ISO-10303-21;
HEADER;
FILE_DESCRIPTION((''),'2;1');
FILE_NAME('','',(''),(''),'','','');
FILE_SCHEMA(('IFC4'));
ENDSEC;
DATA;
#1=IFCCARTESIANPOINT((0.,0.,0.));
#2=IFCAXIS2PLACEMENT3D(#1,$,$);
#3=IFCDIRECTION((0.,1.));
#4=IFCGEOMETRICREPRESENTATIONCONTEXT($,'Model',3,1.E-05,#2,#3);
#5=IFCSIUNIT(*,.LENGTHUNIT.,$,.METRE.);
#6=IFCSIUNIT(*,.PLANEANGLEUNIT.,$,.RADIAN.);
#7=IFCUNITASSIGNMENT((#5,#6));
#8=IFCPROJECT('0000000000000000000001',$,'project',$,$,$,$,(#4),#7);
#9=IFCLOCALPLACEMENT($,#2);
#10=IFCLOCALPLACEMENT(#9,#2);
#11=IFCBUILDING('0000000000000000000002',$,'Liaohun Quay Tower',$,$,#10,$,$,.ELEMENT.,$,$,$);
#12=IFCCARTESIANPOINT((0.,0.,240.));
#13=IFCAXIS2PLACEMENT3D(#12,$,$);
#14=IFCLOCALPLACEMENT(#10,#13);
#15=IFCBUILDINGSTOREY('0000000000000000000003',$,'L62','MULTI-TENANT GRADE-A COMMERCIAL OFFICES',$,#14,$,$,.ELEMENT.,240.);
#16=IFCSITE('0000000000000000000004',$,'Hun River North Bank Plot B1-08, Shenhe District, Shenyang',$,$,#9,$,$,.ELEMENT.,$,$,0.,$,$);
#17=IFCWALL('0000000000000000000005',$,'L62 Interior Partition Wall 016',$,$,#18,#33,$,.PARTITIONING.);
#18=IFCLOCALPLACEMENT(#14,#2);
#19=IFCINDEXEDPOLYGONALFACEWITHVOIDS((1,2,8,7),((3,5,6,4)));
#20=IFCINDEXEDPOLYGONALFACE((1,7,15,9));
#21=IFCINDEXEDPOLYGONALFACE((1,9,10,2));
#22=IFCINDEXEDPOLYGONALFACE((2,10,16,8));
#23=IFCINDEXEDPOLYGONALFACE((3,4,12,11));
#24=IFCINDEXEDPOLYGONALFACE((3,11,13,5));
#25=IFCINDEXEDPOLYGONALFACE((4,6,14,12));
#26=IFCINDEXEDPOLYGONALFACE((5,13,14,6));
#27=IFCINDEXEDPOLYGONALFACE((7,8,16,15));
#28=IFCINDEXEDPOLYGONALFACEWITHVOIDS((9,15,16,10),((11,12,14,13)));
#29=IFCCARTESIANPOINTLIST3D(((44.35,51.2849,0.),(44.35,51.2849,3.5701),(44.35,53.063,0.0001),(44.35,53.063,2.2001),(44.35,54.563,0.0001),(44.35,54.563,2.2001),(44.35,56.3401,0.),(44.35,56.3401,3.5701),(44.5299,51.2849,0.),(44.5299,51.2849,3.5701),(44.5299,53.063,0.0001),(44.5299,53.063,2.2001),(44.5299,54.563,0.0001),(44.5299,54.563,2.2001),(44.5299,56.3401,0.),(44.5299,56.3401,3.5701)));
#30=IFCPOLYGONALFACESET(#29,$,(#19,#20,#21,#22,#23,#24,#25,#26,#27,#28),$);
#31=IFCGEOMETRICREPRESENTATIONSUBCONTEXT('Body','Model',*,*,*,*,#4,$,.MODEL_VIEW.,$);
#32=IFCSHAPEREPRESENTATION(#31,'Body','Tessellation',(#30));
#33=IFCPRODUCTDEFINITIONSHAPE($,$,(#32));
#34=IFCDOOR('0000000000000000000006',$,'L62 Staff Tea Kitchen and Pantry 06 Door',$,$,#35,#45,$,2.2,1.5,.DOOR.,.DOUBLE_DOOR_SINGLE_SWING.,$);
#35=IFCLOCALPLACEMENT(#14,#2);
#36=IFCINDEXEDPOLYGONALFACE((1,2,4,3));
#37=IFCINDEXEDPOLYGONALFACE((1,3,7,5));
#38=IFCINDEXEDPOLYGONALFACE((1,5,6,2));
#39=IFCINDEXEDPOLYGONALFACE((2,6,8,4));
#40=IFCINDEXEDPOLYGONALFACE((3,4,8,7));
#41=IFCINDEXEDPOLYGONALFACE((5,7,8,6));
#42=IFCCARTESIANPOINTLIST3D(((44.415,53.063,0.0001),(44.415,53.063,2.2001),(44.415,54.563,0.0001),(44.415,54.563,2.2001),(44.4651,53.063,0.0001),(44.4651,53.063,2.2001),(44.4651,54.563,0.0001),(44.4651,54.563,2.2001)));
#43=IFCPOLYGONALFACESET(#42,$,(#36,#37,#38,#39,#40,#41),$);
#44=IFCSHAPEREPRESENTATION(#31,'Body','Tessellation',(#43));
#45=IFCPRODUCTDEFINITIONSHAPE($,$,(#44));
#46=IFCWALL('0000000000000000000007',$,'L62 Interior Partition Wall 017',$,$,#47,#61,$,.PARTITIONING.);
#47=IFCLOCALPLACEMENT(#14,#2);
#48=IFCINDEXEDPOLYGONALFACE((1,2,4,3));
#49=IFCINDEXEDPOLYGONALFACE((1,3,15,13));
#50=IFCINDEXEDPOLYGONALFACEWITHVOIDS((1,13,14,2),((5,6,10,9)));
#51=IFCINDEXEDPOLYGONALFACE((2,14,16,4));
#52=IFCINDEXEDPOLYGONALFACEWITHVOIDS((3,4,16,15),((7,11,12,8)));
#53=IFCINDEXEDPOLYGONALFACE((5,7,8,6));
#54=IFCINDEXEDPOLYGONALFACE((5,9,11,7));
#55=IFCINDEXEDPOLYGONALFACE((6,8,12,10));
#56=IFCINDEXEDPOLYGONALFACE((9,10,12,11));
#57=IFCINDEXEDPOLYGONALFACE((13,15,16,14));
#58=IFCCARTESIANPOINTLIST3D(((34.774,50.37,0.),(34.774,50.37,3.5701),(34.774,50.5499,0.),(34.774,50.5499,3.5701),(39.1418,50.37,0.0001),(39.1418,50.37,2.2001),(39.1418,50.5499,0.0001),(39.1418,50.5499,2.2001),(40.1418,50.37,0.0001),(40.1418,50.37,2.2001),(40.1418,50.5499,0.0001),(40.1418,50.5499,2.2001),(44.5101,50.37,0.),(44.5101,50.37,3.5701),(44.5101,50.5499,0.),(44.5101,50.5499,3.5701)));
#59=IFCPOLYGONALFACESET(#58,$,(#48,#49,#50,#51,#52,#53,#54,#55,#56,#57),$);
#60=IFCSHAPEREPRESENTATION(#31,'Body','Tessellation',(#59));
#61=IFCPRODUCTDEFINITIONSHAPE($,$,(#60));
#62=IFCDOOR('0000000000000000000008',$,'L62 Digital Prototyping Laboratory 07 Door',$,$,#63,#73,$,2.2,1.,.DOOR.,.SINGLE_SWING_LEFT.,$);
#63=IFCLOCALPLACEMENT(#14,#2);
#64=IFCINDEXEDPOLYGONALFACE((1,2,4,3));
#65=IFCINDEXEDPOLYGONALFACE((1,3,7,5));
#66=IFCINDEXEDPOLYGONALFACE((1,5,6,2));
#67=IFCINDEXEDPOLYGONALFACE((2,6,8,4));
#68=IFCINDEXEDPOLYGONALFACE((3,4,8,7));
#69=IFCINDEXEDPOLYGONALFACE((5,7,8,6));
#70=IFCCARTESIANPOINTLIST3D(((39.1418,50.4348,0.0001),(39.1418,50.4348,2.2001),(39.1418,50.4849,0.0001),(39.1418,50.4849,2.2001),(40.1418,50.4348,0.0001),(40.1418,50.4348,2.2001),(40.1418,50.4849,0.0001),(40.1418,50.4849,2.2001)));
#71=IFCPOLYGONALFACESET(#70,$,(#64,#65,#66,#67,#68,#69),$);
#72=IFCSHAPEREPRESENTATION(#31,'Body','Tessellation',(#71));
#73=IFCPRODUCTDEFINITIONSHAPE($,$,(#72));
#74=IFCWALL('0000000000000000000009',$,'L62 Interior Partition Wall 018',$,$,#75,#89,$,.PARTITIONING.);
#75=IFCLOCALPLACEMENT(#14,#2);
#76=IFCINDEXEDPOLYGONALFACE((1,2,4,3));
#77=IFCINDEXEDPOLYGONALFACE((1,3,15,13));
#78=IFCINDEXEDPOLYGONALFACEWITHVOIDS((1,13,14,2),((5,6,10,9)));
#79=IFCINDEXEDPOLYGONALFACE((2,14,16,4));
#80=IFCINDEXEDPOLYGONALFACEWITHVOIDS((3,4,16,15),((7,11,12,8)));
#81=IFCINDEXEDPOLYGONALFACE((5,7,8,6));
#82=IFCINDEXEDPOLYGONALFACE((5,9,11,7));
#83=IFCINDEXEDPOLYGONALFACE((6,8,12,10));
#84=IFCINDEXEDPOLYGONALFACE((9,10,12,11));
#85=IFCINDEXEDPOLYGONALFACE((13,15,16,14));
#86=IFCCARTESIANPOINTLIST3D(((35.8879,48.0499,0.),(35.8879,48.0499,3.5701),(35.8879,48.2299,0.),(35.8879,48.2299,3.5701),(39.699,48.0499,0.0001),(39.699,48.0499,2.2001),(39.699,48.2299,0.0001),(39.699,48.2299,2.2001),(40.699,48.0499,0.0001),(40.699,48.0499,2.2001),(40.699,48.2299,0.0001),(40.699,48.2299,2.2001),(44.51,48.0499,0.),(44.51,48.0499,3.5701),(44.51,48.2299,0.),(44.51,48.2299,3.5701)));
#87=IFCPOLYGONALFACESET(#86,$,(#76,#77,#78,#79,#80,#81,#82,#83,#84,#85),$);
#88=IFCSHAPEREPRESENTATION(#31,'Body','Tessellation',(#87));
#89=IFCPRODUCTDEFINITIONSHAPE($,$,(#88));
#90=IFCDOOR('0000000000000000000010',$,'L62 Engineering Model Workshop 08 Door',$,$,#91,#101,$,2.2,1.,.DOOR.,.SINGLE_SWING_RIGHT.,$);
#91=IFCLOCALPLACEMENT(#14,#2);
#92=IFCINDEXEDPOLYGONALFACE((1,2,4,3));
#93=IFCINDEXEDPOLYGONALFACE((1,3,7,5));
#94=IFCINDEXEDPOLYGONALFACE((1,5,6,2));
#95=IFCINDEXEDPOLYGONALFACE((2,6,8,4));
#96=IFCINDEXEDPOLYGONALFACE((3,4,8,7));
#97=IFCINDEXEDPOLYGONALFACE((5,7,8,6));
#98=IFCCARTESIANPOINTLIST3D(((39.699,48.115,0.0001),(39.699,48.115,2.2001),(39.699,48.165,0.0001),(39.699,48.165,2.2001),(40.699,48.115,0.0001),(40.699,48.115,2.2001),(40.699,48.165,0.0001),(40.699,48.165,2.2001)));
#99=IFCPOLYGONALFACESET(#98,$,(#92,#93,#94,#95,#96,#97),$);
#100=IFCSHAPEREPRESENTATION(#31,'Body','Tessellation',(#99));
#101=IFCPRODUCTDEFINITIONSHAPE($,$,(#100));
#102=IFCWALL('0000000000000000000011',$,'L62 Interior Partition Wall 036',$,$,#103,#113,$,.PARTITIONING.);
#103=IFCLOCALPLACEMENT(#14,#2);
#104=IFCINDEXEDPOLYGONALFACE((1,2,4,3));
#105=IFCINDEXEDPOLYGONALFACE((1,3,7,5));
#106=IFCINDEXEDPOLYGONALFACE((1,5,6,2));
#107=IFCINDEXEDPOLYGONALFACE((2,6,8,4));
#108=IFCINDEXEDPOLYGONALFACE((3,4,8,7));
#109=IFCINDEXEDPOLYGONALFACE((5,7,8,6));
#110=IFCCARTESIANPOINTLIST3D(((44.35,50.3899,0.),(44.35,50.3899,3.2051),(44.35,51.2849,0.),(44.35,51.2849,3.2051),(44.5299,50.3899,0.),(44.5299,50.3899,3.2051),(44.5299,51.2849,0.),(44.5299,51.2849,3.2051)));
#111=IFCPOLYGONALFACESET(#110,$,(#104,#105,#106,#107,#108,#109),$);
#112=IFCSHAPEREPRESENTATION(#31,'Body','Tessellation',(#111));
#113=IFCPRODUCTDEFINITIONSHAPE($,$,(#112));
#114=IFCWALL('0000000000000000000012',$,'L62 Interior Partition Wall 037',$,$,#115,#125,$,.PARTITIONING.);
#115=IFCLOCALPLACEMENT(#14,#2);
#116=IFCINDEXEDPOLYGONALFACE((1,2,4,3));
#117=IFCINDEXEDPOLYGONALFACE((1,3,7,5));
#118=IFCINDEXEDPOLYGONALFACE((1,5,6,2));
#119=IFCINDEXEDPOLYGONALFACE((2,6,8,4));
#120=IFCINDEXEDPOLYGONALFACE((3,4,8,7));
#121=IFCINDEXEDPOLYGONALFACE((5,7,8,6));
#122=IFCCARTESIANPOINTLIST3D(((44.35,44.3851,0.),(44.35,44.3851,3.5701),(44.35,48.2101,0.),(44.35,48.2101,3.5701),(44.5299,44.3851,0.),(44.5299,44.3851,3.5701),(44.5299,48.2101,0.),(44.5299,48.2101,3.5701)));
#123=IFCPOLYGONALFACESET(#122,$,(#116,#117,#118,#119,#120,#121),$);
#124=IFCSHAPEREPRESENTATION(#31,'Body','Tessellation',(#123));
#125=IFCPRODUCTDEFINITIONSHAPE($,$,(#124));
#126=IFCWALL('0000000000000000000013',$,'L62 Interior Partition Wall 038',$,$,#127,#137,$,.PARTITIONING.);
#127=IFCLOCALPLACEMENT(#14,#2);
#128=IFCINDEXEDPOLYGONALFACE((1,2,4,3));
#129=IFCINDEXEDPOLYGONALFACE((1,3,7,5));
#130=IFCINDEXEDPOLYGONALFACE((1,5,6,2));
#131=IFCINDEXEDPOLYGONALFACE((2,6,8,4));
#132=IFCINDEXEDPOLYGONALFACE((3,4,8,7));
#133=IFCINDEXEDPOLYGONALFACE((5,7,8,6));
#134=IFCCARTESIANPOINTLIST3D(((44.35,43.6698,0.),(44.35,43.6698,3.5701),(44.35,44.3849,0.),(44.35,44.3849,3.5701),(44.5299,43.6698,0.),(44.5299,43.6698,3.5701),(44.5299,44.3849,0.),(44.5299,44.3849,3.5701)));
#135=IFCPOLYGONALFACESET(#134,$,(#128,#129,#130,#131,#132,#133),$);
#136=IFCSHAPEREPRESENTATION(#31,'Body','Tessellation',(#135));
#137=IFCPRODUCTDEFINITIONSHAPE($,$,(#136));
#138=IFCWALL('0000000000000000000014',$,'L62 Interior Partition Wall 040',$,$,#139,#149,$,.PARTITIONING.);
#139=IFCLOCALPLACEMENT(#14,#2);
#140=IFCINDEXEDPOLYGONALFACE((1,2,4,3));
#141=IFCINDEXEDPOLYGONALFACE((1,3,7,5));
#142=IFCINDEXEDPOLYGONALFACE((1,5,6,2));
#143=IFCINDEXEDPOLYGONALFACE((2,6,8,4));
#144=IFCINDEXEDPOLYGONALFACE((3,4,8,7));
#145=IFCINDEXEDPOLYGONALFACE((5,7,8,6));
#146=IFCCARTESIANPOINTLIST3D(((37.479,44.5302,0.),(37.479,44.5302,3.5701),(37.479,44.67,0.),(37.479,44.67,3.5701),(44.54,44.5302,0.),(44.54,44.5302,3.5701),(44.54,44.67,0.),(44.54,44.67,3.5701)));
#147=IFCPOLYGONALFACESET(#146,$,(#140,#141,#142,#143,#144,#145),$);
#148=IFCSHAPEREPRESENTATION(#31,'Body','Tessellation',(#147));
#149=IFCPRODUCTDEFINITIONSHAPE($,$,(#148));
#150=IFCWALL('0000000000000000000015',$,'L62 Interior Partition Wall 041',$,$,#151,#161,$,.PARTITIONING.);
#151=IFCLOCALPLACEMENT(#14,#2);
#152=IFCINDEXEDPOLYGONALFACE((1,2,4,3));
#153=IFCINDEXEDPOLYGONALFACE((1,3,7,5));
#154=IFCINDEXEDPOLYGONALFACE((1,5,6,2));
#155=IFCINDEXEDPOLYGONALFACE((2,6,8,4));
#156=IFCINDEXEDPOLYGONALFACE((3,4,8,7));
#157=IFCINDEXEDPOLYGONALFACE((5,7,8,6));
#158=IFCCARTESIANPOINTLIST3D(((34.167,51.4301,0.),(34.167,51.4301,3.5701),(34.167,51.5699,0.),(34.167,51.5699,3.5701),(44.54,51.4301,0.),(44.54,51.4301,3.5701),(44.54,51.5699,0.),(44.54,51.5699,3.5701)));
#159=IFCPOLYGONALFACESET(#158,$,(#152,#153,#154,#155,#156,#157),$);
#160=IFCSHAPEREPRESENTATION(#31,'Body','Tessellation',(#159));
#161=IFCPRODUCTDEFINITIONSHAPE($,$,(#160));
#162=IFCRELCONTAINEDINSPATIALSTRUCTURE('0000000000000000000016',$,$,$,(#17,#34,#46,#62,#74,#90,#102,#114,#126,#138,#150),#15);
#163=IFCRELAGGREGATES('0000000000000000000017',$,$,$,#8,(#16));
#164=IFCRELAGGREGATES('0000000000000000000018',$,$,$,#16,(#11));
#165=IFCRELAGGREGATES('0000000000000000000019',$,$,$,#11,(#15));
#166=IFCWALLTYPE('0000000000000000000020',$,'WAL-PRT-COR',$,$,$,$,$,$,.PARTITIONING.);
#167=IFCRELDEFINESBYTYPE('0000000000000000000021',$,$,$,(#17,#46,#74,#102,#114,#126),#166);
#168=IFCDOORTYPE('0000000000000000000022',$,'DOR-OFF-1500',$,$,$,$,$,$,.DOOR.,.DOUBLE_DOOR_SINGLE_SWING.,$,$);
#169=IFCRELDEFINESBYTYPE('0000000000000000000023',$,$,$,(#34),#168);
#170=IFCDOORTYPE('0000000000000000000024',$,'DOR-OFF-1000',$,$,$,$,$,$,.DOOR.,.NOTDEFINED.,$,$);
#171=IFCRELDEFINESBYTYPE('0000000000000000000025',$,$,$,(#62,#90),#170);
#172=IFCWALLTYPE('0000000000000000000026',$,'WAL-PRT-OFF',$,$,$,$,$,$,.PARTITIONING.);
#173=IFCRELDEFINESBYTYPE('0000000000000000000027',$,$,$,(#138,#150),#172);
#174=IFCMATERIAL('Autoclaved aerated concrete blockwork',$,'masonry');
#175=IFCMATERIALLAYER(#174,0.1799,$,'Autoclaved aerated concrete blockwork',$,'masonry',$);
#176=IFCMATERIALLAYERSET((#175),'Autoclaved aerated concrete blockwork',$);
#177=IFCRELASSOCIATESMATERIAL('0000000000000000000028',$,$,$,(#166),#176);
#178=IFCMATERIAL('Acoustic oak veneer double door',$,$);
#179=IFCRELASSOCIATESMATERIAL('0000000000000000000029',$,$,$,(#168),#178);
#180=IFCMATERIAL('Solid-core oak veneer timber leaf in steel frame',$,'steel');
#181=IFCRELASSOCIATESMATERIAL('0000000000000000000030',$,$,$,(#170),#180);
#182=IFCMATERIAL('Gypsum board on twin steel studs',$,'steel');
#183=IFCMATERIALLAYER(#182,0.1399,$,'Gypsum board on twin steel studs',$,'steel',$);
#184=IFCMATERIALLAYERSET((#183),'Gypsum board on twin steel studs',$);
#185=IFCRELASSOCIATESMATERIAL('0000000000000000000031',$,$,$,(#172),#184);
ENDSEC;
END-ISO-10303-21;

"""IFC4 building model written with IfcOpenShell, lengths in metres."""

from ifc_helpers import new_model, si_unit, direction, frame, frame_2d, origin, place, context, subcontext, project, spatial, rectangle, extrude, source, transform, mapped, material, layer, layer_set, type_object, element, fill, save


model = new_model("IFC4")

# Units and contexts
model_context = context("Model", 3, precision=1e-05, world=origin(), true_north=direction((0.0, 1.0)))
body_context = subcontext(model_context, "Body", "Model", "MODEL_VIEW")
ifc_project = project(units=[si_unit("LENGTHUNIT", "METRE"), si_unit("PLANEANGLEUNIT", "RADIAN")], contexts=[model_context])

# Site, building, storey
site_placement = place(None, origin())
site = spatial("IfcSite", under=ifc_project, at=site_placement, Name="Hun River North Bank Plot B1-08, Shenhe District, Shenyang", CompositionType="ELEMENT", RefElevation=0.0)
building_placement = place(site_placement, origin())
building = spatial("IfcBuilding", under=site, at=building_placement, Name="Liaohun Quay Tower", CompositionType="ELEMENT")
storey_placement = place(building_placement, frame((0.0, 0.0, 240.0)))
storey = spatial("IfcBuildingStorey", under=building, at=storey_placement, Name="L62", Description="MULTI-TENANT GRADE-A COMMERCIAL OFFICES", CompositionType="ELEMENT", Elevation=240.0)

# Walls, openings, doors
ifc_material_1 = material(Name="Autoclaved aerated concrete blockwork", Category="masonry")
ifc_layer_1 = layer(ifc_material_1, 0.1799, Name="Autoclaved aerated concrete blockwork", Category="masonry")
ifc_layer_set_1 = layer_set([ifc_layer_1], Name="Autoclaved aerated concrete blockwork")
wall_type_1 = type_object("IfcWallType", Name="WAL-PRT-COR", PredefinedType="PARTITIONING", material=ifc_layer_set_1)
wall_1_placement = place(storey_placement, frame((44.4399, 51.2849, 0.0), z_axis=(0.0, 0.0, 1.0), x_axis=(0.0, 1.0, 0.0)))
wall_1 = element("IfcWall", 1, at=wall_1_placement, inside=storey, type_object=wall_type_1, Name="L62 Interior Partition Wall 016", PredefinedType="PARTITIONING", context=body_context, shape_type="SweptSolid", body=[
    extrude(rectangle(XDim=5.0552, YDim=0.1799, at=frame_2d((2.5276, 0.0))), origin(), (0.0, 0.0, 1.0), 3.5701),
])
shared_shape_1 = source(origin(), body_context, "Body", "SweptSolid", [
    extrude(rectangle(XDim=1.5, YDim=2.2, at=frame_2d((0.75, 1.1001))), frame((0.0, 0.0999, 0.0), z_axis=(0.0, -1.0, 0.0), x_axis=(1.0, 0.0, 0.0)), (0.0, 0.0, 1.0), 0.2),
])
opening_1_placement = place(wall_1_placement, frame((1.7781, 0.0, 0.0)))
opening_1 = element("IfcOpeningElement", 2, at=opening_1_placement, cuts=wall_1, PredefinedType="OPENING", context=body_context, shape_type="MappedRepresentation", body=[
    mapped(shared_shape_1, transform((0.0, 0.0, 0.0), x_axis=(1.0, 0.0, 0.0), y_axis=(0.0, 1.0, 0.0), z_axis=(0.0, 0.0, 1.0), scale=1.0)),
])
ifc_material_2 = material(Name="Acoustic oak veneer double door")
door_type_1 = type_object("IfcDoorType", Name="DOR-OFF-1500", OperationType="DOUBLE_DOOR_SINGLE_SWING", PredefinedType="DOOR", material=ifc_material_2)
shared_shape_2 = source(origin(), body_context, "Body", "SweptSolid", [
    extrude(rectangle(XDim=1.5, YDim=2.2, at=frame_2d((0.75, 1.1001))), frame((0.0, 0.0249, 0.0), z_axis=(0.0, -1.0, 0.0), x_axis=(1.0, 0.0, 0.0)), (0.0, 0.0, 1.0), 0.05),
])
door_1_placement = place(opening_1_placement, origin())
door_1 = element("IfcDoor", 3, at=door_1_placement, inside=storey, type_object=door_type_1, Name="L62 Staff Tea Kitchen and Pantry 06 Door", OperationType="DOUBLE_DOOR_SINGLE_SWING", OverallHeight=2.2, OverallWidth=1.5, PredefinedType="DOOR", context=body_context, shape_type="MappedRepresentation", body=[
    mapped(shared_shape_2, transform((0.0, 0.0, 0.0), x_axis=(1.0, 0.0, 0.0), y_axis=(0.0, 1.0, 0.0), z_axis=(0.0, 0.0, 1.0), scale=1.0)),
])
fill(opening_1, door_1)
wall_2_placement = place(storey_placement, frame((34.7739, 50.46, 0.0), z_axis=(0.0, 0.0, 1.0), x_axis=(1.0, 0.0, 0.0)))
wall_2 = element("IfcWall", 4, at=wall_2_placement, inside=storey, type_object=wall_type_1, Name="L62 Interior Partition Wall 017", PredefinedType="PARTITIONING", context=body_context, shape_type="SweptSolid", body=[
    extrude(rectangle(XDim=9.7361, YDim=0.1799, at=frame_2d((4.8682, 0.0))), origin(), (0.0, 0.0, 1.0), 3.5701),
])
shared_shape_3 = source(origin(), body_context, "Body", "SweptSolid", [
    extrude(rectangle(XDim=1.0, YDim=2.2, at=frame_2d((0.5, 1.1001))), frame((0.0, 0.0999, 0.0), z_axis=(0.0, -1.0, 0.0), x_axis=(1.0, 0.0, 0.0)), (0.0, 0.0, 1.0), 0.2),
])
opening_2_placement = place(wall_2_placement, frame((4.3679, 0.0, 0.0)))
opening_2 = element("IfcOpeningElement", 5, at=opening_2_placement, cuts=wall_2, PredefinedType="OPENING", context=body_context, shape_type="MappedRepresentation", body=[
    mapped(shared_shape_3, transform((0.0, 0.0, 0.0), x_axis=(1.0, 0.0, 0.0), y_axis=(0.0, 1.0, 0.0), z_axis=(0.0, 0.0, 1.0), scale=1.0)),
])
ifc_material_3 = material(Name="Solid-core oak veneer timber leaf in steel frame", Category="steel")
door_type_2 = type_object("IfcDoorType", Name="DOR-OFF-1000", OperationType="NOTDEFINED", PredefinedType="DOOR", material=ifc_material_3)
shared_shape_4 = source(origin(), body_context, "Body", "SweptSolid", [
    extrude(rectangle(XDim=1.0, YDim=2.2, at=frame_2d((0.5, 1.1001))), frame((0.0, 0.0249, 0.0), z_axis=(0.0, -1.0, 0.0), x_axis=(1.0, 0.0, 0.0)), (0.0, 0.0, 1.0), 0.05),
])
door_2_placement = place(opening_2_placement, origin())
door_2 = element("IfcDoor", 6, at=door_2_placement, inside=storey, type_object=door_type_2, Name="L62 Digital Prototyping Laboratory 07 Door", OperationType="SINGLE_SWING_LEFT", OverallHeight=2.2, OverallWidth=1.0, PredefinedType="DOOR", context=body_context, shape_type="MappedRepresentation", body=[
    mapped(shared_shape_4, transform((0.0, 0.0, 0.0), x_axis=(1.0, 0.0, 0.0), y_axis=(0.0, 1.0, 0.0), z_axis=(0.0, 0.0, 1.0), scale=1.0)),
])
fill(opening_2, door_2)
wall_3_placement = place(storey_placement, frame((44.51, 48.1399, 0.0), z_axis=(0.0, 0.0, 1.0), x_axis=(-1.0, 0.0, 0.0)))
wall_3 = element("IfcWall", 7, at=wall_3_placement, inside=storey, type_object=wall_type_1, Name="L62 Interior Partition Wall 018", PredefinedType="PARTITIONING", context=body_context, shape_type="SweptSolid", body=[
    extrude(rectangle(XDim=8.6221, YDim=0.1799, at=frame_2d((4.311, 0.0))), origin(), (0.0, 0.0, 1.0), 3.5701),
])
opening_3_placement = place(wall_3_placement, frame((3.811, 0.0, 0.0)))
opening_3 = element("IfcOpeningElement", 8, at=opening_3_placement, cuts=wall_3, PredefinedType="OPENING", context=body_context, shape_type="MappedRepresentation", body=[
    mapped(shared_shape_3, transform((0.0, 0.0, 0.0), x_axis=(1.0, 0.0, 0.0), y_axis=(0.0, 1.0, 0.0), z_axis=(0.0, 0.0, 1.0), scale=1.0)),
])
door_3_placement = place(opening_3_placement, origin())
door_3 = element("IfcDoor", 9, at=door_3_placement, inside=storey, type_object=door_type_2, Name="L62 Engineering Model Workshop 08 Door", OperationType="SINGLE_SWING_RIGHT", OverallHeight=2.2, OverallWidth=1.0, PredefinedType="DOOR", context=body_context, shape_type="MappedRepresentation", body=[
    mapped(shared_shape_4, transform((0.0, 0.0, 0.0), x_axis=(1.0, 0.0, 0.0), y_axis=(0.0, 1.0, 0.0), z_axis=(0.0, 0.0, 1.0), scale=1.0)),
])
fill(opening_3, door_3)

# Walls
wall_4_placement = place(storey_placement, frame((44.4399, 50.3899, 0.0), z_axis=(0.0, 0.0, 1.0), x_axis=(0.0, 1.0, 0.0)))
element("IfcWall", 10, at=wall_4_placement, inside=storey, type_object=wall_type_1, Name="L62 Interior Partition Wall 036", PredefinedType="PARTITIONING", context=body_context, shape_type="SweptSolid", body=[
    extrude(rectangle(XDim=0.895, YDim=0.1799, at=frame_2d((0.4475, 0.0))), origin(), (0.0, 0.0, 1.0), 3.2051),
])
wall_5_placement = place(storey_placement, frame((44.4399, 44.385, 0.0), z_axis=(0.0, 0.0, 1.0), x_axis=(0.0, 1.0, 0.0)))
element("IfcWall", 11, at=wall_5_placement, inside=storey, type_object=wall_type_1, Name="L62 Interior Partition Wall 037", PredefinedType="PARTITIONING", context=body_context, shape_type="SweptSolid", body=[
    extrude(rectangle(XDim=3.825, YDim=0.1799, at=frame_2d((1.9126, 0.0))), origin(), (0.0, 0.0, 1.0), 3.5701),
])
wall_6_placement = place(storey_placement, frame((44.4399, 43.6699, 0.0), z_axis=(0.0, 0.0, 1.0), x_axis=(0.0, 1.0, 0.0)))
element("IfcWall", 12, at=wall_6_placement, inside=storey, type_object=wall_type_1, Name="L62 Interior Partition Wall 038", PredefinedType="PARTITIONING", context=body_context, shape_type="SweptSolid", body=[
    extrude(rectangle(XDim=0.7151, YDim=0.1799, at=frame_2d((0.3574, 0.0))), origin(), (0.0, 0.0, 1.0), 3.5701),
])
ifc_material_4 = material(Name="Gypsum board on twin steel studs", Category="steel")
ifc_layer_2 = layer(ifc_material_4, 0.1399, Name="Gypsum board on twin steel studs", Category="steel")
ifc_layer_set_2 = layer_set([ifc_layer_2], Name="Gypsum board on twin steel studs")
wall_type_2 = type_object("IfcWallType", Name="WAL-PRT-OFF", PredefinedType="PARTITIONING", material=ifc_layer_set_2)
wall_7_placement = place(storey_placement, frame((44.54, 44.6001, 0.0), z_axis=(0.0, 0.0, 1.0), x_axis=(-1.0, 0.0, 0.0)))
element("IfcWall", 13, at=wall_7_placement, inside=storey, type_object=wall_type_2, Name="L62 Interior Partition Wall 040", PredefinedType="PARTITIONING", context=body_context, shape_type="SweptSolid", body=[
    extrude(rectangle(XDim=7.061, YDim=0.1399, at=frame_2d((3.5305, 0.0))), origin(), (0.0, 0.0, 1.0), 3.5701),
])
wall_8_placement = place(storey_placement, frame((44.54, 51.5, 0.0), z_axis=(0.0, 0.0, 1.0), x_axis=(-1.0, 0.0, 0.0)))
element("IfcWall", 14, at=wall_8_placement, inside=storey, type_object=wall_type_2, Name="L62 Interior Partition Wall 041", PredefinedType="PARTITIONING", context=body_context, shape_type="SweptSolid", body=[
    extrude(rectangle(XDim=10.373, YDim=0.1399, at=frame_2d((5.1865, 0.0))), origin(), (0.0, 0.0, 1.0), 3.5701),
])

save(model, "model.ifc")
